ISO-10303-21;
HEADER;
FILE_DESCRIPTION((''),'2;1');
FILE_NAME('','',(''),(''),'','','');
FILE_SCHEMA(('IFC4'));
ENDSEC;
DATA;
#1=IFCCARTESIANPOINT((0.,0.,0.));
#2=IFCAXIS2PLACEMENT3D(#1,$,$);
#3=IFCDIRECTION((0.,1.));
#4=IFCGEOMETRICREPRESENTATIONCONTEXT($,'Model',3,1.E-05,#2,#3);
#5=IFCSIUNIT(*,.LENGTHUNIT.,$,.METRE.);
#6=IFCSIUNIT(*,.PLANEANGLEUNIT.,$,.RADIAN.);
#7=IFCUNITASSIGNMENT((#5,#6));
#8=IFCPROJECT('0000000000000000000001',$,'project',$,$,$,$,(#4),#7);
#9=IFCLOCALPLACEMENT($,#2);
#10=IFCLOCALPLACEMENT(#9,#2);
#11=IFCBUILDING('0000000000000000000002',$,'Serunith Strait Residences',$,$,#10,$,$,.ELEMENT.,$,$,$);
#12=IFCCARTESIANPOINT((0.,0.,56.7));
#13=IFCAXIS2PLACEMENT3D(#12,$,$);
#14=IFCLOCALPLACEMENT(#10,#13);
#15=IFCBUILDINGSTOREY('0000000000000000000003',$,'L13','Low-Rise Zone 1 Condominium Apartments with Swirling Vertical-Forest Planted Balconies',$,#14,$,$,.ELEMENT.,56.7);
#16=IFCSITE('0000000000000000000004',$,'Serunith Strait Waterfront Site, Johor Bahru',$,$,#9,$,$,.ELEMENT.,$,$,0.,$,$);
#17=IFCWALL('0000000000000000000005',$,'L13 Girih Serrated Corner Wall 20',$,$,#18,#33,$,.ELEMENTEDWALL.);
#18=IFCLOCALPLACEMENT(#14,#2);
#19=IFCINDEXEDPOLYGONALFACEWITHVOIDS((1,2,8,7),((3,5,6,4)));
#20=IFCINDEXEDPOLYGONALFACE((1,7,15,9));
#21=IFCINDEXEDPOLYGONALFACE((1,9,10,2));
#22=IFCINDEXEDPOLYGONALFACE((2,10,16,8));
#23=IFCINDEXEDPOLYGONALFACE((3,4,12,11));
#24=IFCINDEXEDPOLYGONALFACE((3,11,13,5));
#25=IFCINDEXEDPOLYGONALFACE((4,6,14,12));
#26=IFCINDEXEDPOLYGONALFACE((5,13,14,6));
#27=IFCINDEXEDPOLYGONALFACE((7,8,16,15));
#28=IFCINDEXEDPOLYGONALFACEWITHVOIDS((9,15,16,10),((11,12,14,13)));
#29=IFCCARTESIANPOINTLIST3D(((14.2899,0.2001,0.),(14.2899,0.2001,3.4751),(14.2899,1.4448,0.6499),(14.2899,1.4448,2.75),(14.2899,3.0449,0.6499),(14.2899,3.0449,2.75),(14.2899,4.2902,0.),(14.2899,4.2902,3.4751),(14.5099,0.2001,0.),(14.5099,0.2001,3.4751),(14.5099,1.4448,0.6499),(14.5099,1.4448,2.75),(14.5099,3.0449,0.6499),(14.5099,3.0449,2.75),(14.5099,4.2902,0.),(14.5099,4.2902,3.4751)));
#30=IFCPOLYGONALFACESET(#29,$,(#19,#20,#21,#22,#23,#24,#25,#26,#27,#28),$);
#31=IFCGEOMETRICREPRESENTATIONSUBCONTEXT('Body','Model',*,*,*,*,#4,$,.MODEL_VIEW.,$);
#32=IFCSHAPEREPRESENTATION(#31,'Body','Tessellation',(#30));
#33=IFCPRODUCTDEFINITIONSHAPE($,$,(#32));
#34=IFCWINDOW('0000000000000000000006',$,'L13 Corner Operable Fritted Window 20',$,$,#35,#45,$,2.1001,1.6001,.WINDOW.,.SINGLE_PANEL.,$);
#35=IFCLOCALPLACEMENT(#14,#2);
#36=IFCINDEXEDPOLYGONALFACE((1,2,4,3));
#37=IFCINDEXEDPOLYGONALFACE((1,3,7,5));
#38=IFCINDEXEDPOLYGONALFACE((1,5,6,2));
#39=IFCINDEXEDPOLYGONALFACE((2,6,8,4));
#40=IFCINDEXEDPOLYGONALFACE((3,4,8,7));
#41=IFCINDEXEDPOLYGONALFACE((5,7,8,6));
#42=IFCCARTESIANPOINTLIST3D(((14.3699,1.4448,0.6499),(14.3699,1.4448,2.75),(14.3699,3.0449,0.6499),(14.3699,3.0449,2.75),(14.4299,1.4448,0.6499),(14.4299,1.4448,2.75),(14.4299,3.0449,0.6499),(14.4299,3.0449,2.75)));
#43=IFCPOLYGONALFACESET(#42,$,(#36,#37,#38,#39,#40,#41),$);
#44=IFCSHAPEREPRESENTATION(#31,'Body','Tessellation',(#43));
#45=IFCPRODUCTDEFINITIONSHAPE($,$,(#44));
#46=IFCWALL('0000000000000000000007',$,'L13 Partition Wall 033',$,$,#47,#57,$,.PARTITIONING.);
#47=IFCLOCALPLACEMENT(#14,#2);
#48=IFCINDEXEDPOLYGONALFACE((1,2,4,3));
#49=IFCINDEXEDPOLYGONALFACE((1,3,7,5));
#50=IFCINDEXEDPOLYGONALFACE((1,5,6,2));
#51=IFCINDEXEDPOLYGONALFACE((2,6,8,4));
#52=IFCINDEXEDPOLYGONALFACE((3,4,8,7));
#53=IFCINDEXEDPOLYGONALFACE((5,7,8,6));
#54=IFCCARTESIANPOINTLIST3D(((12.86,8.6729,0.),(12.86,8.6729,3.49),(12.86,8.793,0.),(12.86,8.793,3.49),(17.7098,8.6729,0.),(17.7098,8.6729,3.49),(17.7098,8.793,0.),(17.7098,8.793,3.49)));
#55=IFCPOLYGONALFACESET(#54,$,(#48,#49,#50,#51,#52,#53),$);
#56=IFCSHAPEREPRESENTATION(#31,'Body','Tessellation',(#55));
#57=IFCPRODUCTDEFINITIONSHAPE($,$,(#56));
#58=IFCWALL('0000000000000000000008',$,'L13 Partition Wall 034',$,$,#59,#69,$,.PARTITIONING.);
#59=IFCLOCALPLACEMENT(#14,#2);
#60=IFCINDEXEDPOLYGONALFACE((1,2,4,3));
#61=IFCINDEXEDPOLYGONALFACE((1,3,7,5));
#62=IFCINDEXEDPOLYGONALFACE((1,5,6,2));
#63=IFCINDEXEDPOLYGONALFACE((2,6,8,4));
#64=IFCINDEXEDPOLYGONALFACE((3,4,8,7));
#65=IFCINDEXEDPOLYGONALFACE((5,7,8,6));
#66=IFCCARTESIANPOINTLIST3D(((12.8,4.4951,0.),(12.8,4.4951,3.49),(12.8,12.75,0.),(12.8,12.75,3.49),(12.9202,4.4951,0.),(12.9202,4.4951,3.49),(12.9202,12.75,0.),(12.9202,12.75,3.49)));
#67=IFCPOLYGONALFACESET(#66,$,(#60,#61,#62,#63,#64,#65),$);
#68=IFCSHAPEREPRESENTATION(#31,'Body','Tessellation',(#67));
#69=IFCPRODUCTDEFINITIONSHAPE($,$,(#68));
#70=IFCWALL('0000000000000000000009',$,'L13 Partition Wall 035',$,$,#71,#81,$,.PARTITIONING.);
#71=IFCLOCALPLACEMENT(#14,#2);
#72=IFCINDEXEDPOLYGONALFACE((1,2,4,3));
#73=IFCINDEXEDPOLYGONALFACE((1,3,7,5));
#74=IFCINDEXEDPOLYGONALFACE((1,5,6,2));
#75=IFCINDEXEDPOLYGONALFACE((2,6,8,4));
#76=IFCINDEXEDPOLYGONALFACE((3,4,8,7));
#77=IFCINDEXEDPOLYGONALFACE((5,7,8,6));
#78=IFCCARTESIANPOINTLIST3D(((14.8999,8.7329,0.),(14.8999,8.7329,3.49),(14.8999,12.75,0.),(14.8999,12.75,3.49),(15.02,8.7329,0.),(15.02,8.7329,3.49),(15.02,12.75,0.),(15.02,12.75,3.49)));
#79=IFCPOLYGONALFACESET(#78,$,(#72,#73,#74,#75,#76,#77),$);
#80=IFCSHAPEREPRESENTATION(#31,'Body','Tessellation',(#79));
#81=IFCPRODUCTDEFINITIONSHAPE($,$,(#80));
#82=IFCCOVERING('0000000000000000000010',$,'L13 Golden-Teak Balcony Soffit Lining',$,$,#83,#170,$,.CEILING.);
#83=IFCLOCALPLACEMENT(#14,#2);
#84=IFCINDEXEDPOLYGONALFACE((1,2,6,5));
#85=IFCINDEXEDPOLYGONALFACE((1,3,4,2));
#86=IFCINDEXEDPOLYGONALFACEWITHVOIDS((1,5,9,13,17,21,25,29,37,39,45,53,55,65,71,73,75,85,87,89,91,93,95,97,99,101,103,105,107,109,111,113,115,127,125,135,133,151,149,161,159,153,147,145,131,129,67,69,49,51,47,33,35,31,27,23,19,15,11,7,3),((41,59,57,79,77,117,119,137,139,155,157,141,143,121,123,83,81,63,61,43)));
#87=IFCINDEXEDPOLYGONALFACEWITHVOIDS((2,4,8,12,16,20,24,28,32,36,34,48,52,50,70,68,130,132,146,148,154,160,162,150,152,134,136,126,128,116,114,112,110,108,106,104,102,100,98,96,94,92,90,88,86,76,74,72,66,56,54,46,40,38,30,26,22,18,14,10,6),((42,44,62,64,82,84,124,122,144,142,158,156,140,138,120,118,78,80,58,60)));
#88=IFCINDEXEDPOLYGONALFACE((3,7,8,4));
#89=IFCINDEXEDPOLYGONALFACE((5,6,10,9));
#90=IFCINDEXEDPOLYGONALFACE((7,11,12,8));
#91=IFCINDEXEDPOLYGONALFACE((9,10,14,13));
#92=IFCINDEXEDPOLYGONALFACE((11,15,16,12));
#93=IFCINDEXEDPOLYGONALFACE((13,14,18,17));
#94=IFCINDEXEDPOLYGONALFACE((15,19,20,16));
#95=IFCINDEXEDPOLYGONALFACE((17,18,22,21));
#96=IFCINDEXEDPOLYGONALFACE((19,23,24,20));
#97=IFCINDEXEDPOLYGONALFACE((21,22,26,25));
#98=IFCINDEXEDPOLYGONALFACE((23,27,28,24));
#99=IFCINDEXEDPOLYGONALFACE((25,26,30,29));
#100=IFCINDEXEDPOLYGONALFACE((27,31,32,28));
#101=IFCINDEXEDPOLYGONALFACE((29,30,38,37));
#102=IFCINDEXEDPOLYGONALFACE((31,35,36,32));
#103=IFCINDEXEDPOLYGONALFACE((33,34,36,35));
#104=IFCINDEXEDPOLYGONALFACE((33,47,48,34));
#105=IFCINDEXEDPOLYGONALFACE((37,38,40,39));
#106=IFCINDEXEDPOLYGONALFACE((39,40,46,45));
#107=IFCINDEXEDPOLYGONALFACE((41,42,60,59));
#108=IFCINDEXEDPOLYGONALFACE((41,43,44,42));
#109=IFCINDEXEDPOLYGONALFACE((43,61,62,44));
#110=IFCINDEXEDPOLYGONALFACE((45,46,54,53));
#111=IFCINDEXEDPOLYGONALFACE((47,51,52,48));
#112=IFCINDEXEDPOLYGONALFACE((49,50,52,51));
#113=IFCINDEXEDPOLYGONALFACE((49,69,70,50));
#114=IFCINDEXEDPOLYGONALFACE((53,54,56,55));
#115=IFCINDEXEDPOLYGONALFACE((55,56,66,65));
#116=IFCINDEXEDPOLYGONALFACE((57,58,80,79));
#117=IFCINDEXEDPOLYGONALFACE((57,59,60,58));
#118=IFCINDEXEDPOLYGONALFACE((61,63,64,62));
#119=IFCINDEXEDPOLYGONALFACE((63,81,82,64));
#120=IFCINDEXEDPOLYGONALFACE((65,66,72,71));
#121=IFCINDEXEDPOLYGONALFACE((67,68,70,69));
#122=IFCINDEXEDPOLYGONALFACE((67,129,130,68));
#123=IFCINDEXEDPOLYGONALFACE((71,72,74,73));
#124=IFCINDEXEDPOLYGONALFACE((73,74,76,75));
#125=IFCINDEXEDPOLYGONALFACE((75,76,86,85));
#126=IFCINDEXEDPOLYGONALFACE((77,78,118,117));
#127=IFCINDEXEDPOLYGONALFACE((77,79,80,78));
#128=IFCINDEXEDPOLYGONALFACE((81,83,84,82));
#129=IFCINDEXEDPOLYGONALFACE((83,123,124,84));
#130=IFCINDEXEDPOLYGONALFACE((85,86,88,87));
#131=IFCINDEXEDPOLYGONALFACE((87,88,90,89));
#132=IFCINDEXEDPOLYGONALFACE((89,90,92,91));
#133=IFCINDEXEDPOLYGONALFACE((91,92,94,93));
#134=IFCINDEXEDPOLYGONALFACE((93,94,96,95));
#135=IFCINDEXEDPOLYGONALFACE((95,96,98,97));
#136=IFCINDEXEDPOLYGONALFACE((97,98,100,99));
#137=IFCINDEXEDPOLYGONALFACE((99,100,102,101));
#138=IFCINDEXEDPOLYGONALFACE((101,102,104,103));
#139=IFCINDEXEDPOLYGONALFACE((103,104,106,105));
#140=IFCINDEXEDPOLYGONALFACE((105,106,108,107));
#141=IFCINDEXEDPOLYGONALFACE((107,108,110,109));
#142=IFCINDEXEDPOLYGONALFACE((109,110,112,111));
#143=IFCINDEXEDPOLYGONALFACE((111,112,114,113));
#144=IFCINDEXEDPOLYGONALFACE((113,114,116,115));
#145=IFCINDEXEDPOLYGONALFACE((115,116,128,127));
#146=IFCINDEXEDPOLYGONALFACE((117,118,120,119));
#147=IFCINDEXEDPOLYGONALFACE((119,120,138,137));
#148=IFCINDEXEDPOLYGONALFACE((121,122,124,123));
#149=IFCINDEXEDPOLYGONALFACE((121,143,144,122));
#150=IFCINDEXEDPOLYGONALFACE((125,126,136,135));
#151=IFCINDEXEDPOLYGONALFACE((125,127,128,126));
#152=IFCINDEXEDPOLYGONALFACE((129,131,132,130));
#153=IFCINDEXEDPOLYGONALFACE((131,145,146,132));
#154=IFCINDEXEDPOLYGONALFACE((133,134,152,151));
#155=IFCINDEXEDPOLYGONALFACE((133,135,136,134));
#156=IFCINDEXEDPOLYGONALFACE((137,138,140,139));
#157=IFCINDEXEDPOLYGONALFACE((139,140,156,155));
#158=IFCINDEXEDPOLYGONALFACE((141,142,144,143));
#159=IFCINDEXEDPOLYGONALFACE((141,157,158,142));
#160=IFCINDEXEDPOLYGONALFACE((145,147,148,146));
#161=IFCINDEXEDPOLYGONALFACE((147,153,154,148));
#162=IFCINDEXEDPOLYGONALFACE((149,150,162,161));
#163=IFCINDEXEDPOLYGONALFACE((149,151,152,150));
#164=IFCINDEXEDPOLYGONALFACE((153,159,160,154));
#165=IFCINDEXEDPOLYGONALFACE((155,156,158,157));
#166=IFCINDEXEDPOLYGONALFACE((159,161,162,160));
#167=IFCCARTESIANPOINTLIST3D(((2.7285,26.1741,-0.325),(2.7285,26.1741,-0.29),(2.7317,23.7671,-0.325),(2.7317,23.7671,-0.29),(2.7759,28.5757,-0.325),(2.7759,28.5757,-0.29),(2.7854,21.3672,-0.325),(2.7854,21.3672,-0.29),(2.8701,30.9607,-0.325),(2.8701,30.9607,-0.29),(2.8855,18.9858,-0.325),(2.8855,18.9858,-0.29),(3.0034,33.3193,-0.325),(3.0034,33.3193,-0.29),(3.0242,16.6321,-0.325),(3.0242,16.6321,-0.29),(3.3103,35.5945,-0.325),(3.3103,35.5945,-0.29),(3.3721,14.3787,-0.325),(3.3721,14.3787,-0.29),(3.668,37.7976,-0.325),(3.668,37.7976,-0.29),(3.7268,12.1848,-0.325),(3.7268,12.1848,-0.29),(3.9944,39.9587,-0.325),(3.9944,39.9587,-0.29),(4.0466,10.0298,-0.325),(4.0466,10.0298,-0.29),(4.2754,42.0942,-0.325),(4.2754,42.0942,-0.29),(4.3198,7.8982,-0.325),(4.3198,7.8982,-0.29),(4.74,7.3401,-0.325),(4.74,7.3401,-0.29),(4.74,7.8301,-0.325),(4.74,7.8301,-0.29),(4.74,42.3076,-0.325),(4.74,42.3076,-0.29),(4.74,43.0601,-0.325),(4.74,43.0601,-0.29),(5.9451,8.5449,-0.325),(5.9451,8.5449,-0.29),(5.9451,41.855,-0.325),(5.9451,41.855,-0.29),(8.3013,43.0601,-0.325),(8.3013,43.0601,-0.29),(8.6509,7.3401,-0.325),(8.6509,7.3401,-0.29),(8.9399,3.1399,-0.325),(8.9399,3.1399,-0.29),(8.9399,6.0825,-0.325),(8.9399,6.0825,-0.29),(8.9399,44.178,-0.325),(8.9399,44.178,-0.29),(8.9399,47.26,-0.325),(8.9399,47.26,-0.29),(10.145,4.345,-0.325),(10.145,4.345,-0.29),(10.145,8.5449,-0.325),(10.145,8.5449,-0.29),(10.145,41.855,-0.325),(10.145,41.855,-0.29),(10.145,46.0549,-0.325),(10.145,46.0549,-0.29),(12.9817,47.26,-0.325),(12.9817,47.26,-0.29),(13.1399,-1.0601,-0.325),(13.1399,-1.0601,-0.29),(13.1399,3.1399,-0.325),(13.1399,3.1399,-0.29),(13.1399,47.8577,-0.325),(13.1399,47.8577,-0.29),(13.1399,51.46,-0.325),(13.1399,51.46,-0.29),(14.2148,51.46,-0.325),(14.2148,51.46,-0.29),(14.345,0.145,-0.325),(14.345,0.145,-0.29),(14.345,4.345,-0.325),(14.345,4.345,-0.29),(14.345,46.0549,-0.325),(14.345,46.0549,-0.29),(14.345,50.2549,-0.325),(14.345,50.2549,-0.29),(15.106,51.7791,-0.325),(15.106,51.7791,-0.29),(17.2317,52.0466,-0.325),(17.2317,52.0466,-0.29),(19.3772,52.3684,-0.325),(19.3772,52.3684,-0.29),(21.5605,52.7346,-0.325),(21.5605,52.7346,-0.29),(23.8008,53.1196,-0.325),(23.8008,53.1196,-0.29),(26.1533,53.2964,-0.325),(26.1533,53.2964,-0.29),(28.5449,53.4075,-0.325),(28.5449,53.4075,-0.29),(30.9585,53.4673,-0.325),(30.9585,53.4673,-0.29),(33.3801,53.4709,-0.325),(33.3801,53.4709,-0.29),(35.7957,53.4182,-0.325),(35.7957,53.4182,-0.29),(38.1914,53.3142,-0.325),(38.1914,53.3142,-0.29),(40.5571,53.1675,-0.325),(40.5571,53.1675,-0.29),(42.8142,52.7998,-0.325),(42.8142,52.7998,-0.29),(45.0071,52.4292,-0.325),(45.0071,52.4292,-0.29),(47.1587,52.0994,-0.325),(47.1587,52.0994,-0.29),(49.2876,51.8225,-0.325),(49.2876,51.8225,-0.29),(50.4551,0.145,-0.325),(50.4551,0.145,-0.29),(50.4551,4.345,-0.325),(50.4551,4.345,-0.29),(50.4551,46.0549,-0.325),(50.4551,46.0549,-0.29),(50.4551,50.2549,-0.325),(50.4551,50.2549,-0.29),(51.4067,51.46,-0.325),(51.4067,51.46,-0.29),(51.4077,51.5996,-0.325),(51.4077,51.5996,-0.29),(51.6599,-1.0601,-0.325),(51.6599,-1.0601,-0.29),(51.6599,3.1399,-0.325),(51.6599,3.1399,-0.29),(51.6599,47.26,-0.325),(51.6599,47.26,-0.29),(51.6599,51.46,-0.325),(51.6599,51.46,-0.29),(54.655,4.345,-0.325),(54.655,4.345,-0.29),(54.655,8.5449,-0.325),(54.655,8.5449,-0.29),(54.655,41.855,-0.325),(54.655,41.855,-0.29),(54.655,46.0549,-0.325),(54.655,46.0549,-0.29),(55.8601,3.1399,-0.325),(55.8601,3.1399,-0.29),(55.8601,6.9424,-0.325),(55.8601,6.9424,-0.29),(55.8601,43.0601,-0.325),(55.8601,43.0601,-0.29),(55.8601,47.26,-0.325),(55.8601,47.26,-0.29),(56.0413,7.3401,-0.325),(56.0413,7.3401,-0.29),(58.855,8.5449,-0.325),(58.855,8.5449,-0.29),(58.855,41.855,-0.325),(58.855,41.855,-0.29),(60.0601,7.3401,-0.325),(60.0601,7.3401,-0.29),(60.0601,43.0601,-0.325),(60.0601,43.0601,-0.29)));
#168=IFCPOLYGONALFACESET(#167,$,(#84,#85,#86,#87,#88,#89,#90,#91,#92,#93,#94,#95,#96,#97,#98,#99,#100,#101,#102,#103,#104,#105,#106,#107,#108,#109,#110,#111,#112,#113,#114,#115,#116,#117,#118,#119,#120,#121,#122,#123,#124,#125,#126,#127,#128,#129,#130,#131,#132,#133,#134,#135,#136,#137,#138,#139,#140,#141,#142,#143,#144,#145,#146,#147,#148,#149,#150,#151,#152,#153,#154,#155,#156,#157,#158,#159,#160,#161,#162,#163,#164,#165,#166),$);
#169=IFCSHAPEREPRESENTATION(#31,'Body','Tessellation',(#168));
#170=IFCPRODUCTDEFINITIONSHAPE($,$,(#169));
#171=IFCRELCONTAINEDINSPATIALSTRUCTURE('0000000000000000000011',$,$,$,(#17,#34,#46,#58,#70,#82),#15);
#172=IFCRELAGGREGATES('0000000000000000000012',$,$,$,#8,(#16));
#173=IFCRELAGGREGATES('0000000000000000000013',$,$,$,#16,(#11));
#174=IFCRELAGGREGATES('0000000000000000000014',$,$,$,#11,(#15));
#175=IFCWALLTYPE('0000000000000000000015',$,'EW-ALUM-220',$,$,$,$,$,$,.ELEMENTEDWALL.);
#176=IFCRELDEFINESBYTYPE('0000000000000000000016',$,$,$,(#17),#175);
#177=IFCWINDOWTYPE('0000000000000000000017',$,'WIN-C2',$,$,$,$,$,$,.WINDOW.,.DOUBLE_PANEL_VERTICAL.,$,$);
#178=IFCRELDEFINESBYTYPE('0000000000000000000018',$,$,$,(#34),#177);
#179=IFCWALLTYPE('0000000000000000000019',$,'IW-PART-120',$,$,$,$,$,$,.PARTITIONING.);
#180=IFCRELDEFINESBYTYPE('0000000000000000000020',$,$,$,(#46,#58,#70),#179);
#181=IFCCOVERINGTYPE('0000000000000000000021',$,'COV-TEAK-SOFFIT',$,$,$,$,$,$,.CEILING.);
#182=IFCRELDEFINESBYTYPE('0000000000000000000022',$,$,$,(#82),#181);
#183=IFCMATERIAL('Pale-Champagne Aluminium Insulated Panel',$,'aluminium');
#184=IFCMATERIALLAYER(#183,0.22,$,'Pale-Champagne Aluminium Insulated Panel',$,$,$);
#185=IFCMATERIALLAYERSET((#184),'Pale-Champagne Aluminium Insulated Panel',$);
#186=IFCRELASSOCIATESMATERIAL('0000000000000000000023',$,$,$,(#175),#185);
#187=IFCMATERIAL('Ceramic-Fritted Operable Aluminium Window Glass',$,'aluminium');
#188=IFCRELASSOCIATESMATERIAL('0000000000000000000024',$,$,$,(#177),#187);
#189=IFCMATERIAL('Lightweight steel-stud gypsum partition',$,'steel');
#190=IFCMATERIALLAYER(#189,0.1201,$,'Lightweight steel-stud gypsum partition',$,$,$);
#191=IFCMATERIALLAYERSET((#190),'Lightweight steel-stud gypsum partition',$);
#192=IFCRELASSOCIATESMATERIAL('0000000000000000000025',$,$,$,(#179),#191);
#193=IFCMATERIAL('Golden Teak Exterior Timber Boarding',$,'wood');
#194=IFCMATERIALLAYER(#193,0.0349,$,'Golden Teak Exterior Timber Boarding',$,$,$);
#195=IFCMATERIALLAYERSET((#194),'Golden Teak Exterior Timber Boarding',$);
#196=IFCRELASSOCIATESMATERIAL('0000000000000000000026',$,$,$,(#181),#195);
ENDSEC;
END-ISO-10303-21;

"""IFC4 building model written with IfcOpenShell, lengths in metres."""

from ifc_helpers import new_model, si_unit, direction, frame, frame_2d, origin, place, context, subcontext, project, spatial, polyline, rectangle, outline, extrude, source, transform, mapped, material, layer, layer_set, type_object, element, fill, save


model = new_model("IFC4")

# Units and contexts
model_context = context("Model", 3, precision=1e-05, world=origin(), true_north=direction((0.0, 1.0)))
body_context = subcontext(model_context, "Body", "Model", "MODEL_VIEW")
ifc_project = project(units=[si_unit("LENGTHUNIT", "METRE"), si_unit("PLANEANGLEUNIT", "RADIAN")], contexts=[model_context])

# Site, building, storey
site_placement = place(None, origin())
site = spatial("IfcSite", under=ifc_project, at=site_placement, Name="Serunith Strait Waterfront Site, Johor Bahru", CompositionType="ELEMENT", RefElevation=0.0)
building_placement = place(site_placement, origin())
building = spatial("IfcBuilding", under=site, at=building_placement, Name="Serunith Strait Residences", CompositionType="ELEMENT")
storey_placement = place(building_placement, frame((0.0, 0.0, 56.7)))
storey = spatial("IfcBuildingStorey", under=building, at=storey_placement, Name="L13", Description="Low-Rise Zone 1 Condominium Apartments with Swirling Vertical-Forest Planted Balconies", CompositionType="ELEMENT", Elevation=56.7)

# Wall, opening, window
ifc_material_1 = material(Name="Pale-Champagne Aluminium Insulated Panel", Category="aluminium")
ifc_layer_1 = layer(ifc_material_1, 0.22, Name="Pale-Champagne Aluminium Insulated Panel")
ifc_layer_set_1 = layer_set([ifc_layer_1], Name="Pale-Champagne Aluminium Insulated Panel")
wall_type_1 = type_object("IfcWallType", Name="EW-ALUM-220", PredefinedType="ELEMENTEDWALL", material=ifc_layer_set_1)
ifc_material_2 = material(Name="Ceramic-Fritted Operable Aluminium Window Glass", Category="aluminium")
window_type = type_object("IfcWindowType", Name="WIN-C2", PartitioningType="DOUBLE_PANEL_VERTICAL", PredefinedType="WINDOW", material=ifc_material_2)
shared_shape_1 = source(origin(), body_context, "Body", "SweptSolid", [
    extrude(rectangle(XDim=1.6001, YDim=2.1001, at=frame_2d((0.8, 1.05))), frame((0.0, 0.03, 0.0), z_axis=(0.0, -1.0, 0.0), x_axis=(1.0, 0.0, 0.0)), (0.0, 0.0, 1.0), 0.0601),
])
wall_1_placement = place(storey_placement, frame((14.3999, 4.29, 0.0), z_axis=(0.0, 0.0, 1.0), x_axis=(0.0, -1.0, 0.0)))
wall_1 = element("IfcWall", 1, at=wall_1_placement, inside=storey, type_object=wall_type_1, Name="L13 Girih Serrated Corner Wall 20", PredefinedType="ELEMENTEDWALL", context=body_context, shape_type="SweptSolid", body=[
    extrude(rectangle(XDim=4.0901, YDim=0.22, at=frame_2d((2.0449, 0.0))), origin(), (0.0, 0.0, 1.0), 3.4751),
])
opening_1_placement = place(wall_1_placement, frame((1.2451, 0.0, 0.6499)))
opening_1 = element("IfcOpeningElement", 2, at=opening_1_placement, cuts=wall_1, PredefinedType="OPENING", context=body_context, shape_type="SweptSolid", body=[
    extrude(rectangle(XDim=1.6001, YDim=2.1001, at=frame_2d((0.8, 1.05))), frame((0.0, 0.1201, 0.0), z_axis=(0.0, -1.0, 0.0), x_axis=(1.0, 0.0, 0.0)), (0.0, 0.0, 1.0), 0.24),
])
window_1_placement = place(opening_1_placement, origin())
window_1 = element("IfcWindow", 3, at=window_1_placement, inside=storey, type_object=window_type, Name="L13 Corner Operable Fritted Window 20", OverallHeight=2.1001, OverallWidth=1.6001, PartitioningType="SINGLE_PANEL", PredefinedType="WINDOW", context=body_context, shape_type="MappedRepresentation", body=[
    mapped(shared_shape_1, transform((0.0, 0.0, 0.0), scale=1.0)),
])
fill(opening_1, window_1)

# Walls
ifc_material_3 = material(Name="Lightweight steel-stud gypsum partition", Category="steel")
ifc_layer_2 = layer(ifc_material_3, 0.1201, Name="Lightweight steel-stud gypsum partition")
ifc_layer_set_2 = layer_set([ifc_layer_2], Name="Lightweight steel-stud gypsum partition")
wall_type_2 = type_object("IfcWallType", Name="IW-PART-120", PredefinedType="PARTITIONING", material=ifc_layer_set_2)
wall_2_placement = place(storey_placement, frame((12.8601, 8.7329, 0.0), z_axis=(0.0, 0.0, 1.0), x_axis=(1.0, 0.0, 0.0)))
element("IfcWall", 4, at=wall_2_placement, inside=storey, type_object=wall_type_2, Name="L13 Partition Wall 033", PredefinedType="PARTITIONING", context=body_context, shape_type="SweptSolid", body=[
    extrude(rectangle(XDim=4.8499, YDim=0.1201, at=frame_2d((2.4248, 0.0))), origin(), (0.0, 0.0, 1.0), 3.49),
])
wall_3_placement = place(storey_placement, frame((12.8601, 4.4951, 0.0), z_axis=(0.0, 0.0, 1.0), x_axis=(0.0, 1.0, 0.0)))
element("IfcWall", 5, at=wall_3_placement, inside=storey, type_object=wall_type_2, Name="L13 Partition Wall 034", PredefinedType="PARTITIONING", context=body_context, shape_type="SweptSolid", body=[
    extrude(rectangle(XDim=8.2549, YDim=0.1201, at=frame_2d((4.1274, 0.0))), origin(), (0.0, 0.0, 1.0), 3.49),
])
wall_4_placement = place(storey_placement, frame((14.96, 8.7329, 0.0), z_axis=(0.0, 0.0, 1.0), x_axis=(0.0, 1.0, 0.0)))
element("IfcWall", 6, at=wall_4_placement, inside=storey, type_object=wall_type_2, Name="L13 Partition Wall 035", PredefinedType="PARTITIONING", context=body_context, shape_type="SweptSolid", body=[
    extrude(rectangle(XDim=4.0171, YDim=0.1201, at=frame_2d((2.0085, 0.0))), origin(), (0.0, 0.0, 1.0), 3.49),
])

# Covering
ifc_material_4 = material(Name="Golden Teak Exterior Timber Boarding", Category="wood")
ifc_layer_3 = layer(ifc_material_4, 0.0349, Name="Golden Teak Exterior Timber Boarding")
ifc_layer_set_3 = layer_set([ifc_layer_3], Name="Golden Teak Exterior Timber Boarding")
covering_type_1 = type_object("IfcCoveringType", Name="COV-TEAK-SOFFIT", PredefinedType="CEILING", material=ifc_layer_set_3)
covering_placement = place(storey_placement, frame((0.0, 0.0, -0.325)))
element("IfcCovering", 7, at=covering_placement, inside=storey, type_object=covering_type_1, Name="L13 Golden-Teak Balcony Soffit Lining", PredefinedType="CEILING", context=body_context, shape_type="SweptSolid", body=[
    extrude(outline(polyline([(4.74, 7.8301), (4.3198, 7.8982), (4.0466, 10.0298), (3.7268, 12.1848), (3.3721, 14.3787), (3.0242, 16.6321), (2.8855, 18.9858), (2.7854, 21.3672), (2.7317, 23.7671), (2.7285, 26.1741), (2.7759, 28.5757), (2.8701, 30.9607), (3.0034, 33.3193), (3.3103, 35.5945), (3.668, 37.7976), (3.9944, 39.9587), (4.2754, 42.0942), (4.74, 42.3076), (4.74, 43.0601), (8.3013, 43.0601), (8.9399, 44.178), (8.9399, 47.26), (12.9817, 47.26), (13.1399, 47.8577), (13.1399, 51.46), (14.2148, 51.46), (15.106, 51.7791), (17.2317, 52.0466), (19.3772, 52.3684), (21.5605, 52.7346), (23.8008, 53.1196), (26.1533, 53.2964), (28.5449, 53.4075), (30.9585, 53.4673), (33.3801, 53.4709), (35.7957, 53.4182), (38.1914, 53.3142), (40.5571, 53.1675), (42.8142, 52.7998), (45.0071, 52.4292), (47.1587, 52.0994), (49.2876, 51.8225), (51.4077, 51.5996), (51.4067, 51.46), (51.6599, 51.46), (51.6599, 47.26), (55.8601, 47.26), (55.8601, 43.0601), (60.0601, 43.0601), (60.0601, 7.3401), (56.0413, 7.3401), (55.8601, 6.9424), (55.8601, 3.1399), (51.6599, 3.1399), (51.6599, -1.0601), (13.1399, -1.0601), (13.1399, 3.1399), (8.9399, 3.1399), (8.9399, 6.0825), (8.6509, 7.3401), (4.74, 7.3401), (4.74, 7.8301)]), holes=[polyline([(50.4551, 0.145), (50.4551, 4.345), (54.655, 4.345), (54.655, 8.5449), (58.855, 8.5449), (58.855, 41.855), (54.655, 41.855), (54.655, 46.0549), (50.4551, 46.0549), (50.4551, 50.2549), (14.345, 50.2549), (14.345, 46.0549), (10.145, 46.0549), (10.145, 41.855), (5.9451, 41.855), (5.9451, 8.5449), (10.145, 8.5449), (10.145, 4.345), (14.345, 4.345), (14.345, 0.145), (50.4551, 0.145)])]), origin(), (0.0, 0.0, 1.0), 0.0349),
])

save(model, "model.ifc")
